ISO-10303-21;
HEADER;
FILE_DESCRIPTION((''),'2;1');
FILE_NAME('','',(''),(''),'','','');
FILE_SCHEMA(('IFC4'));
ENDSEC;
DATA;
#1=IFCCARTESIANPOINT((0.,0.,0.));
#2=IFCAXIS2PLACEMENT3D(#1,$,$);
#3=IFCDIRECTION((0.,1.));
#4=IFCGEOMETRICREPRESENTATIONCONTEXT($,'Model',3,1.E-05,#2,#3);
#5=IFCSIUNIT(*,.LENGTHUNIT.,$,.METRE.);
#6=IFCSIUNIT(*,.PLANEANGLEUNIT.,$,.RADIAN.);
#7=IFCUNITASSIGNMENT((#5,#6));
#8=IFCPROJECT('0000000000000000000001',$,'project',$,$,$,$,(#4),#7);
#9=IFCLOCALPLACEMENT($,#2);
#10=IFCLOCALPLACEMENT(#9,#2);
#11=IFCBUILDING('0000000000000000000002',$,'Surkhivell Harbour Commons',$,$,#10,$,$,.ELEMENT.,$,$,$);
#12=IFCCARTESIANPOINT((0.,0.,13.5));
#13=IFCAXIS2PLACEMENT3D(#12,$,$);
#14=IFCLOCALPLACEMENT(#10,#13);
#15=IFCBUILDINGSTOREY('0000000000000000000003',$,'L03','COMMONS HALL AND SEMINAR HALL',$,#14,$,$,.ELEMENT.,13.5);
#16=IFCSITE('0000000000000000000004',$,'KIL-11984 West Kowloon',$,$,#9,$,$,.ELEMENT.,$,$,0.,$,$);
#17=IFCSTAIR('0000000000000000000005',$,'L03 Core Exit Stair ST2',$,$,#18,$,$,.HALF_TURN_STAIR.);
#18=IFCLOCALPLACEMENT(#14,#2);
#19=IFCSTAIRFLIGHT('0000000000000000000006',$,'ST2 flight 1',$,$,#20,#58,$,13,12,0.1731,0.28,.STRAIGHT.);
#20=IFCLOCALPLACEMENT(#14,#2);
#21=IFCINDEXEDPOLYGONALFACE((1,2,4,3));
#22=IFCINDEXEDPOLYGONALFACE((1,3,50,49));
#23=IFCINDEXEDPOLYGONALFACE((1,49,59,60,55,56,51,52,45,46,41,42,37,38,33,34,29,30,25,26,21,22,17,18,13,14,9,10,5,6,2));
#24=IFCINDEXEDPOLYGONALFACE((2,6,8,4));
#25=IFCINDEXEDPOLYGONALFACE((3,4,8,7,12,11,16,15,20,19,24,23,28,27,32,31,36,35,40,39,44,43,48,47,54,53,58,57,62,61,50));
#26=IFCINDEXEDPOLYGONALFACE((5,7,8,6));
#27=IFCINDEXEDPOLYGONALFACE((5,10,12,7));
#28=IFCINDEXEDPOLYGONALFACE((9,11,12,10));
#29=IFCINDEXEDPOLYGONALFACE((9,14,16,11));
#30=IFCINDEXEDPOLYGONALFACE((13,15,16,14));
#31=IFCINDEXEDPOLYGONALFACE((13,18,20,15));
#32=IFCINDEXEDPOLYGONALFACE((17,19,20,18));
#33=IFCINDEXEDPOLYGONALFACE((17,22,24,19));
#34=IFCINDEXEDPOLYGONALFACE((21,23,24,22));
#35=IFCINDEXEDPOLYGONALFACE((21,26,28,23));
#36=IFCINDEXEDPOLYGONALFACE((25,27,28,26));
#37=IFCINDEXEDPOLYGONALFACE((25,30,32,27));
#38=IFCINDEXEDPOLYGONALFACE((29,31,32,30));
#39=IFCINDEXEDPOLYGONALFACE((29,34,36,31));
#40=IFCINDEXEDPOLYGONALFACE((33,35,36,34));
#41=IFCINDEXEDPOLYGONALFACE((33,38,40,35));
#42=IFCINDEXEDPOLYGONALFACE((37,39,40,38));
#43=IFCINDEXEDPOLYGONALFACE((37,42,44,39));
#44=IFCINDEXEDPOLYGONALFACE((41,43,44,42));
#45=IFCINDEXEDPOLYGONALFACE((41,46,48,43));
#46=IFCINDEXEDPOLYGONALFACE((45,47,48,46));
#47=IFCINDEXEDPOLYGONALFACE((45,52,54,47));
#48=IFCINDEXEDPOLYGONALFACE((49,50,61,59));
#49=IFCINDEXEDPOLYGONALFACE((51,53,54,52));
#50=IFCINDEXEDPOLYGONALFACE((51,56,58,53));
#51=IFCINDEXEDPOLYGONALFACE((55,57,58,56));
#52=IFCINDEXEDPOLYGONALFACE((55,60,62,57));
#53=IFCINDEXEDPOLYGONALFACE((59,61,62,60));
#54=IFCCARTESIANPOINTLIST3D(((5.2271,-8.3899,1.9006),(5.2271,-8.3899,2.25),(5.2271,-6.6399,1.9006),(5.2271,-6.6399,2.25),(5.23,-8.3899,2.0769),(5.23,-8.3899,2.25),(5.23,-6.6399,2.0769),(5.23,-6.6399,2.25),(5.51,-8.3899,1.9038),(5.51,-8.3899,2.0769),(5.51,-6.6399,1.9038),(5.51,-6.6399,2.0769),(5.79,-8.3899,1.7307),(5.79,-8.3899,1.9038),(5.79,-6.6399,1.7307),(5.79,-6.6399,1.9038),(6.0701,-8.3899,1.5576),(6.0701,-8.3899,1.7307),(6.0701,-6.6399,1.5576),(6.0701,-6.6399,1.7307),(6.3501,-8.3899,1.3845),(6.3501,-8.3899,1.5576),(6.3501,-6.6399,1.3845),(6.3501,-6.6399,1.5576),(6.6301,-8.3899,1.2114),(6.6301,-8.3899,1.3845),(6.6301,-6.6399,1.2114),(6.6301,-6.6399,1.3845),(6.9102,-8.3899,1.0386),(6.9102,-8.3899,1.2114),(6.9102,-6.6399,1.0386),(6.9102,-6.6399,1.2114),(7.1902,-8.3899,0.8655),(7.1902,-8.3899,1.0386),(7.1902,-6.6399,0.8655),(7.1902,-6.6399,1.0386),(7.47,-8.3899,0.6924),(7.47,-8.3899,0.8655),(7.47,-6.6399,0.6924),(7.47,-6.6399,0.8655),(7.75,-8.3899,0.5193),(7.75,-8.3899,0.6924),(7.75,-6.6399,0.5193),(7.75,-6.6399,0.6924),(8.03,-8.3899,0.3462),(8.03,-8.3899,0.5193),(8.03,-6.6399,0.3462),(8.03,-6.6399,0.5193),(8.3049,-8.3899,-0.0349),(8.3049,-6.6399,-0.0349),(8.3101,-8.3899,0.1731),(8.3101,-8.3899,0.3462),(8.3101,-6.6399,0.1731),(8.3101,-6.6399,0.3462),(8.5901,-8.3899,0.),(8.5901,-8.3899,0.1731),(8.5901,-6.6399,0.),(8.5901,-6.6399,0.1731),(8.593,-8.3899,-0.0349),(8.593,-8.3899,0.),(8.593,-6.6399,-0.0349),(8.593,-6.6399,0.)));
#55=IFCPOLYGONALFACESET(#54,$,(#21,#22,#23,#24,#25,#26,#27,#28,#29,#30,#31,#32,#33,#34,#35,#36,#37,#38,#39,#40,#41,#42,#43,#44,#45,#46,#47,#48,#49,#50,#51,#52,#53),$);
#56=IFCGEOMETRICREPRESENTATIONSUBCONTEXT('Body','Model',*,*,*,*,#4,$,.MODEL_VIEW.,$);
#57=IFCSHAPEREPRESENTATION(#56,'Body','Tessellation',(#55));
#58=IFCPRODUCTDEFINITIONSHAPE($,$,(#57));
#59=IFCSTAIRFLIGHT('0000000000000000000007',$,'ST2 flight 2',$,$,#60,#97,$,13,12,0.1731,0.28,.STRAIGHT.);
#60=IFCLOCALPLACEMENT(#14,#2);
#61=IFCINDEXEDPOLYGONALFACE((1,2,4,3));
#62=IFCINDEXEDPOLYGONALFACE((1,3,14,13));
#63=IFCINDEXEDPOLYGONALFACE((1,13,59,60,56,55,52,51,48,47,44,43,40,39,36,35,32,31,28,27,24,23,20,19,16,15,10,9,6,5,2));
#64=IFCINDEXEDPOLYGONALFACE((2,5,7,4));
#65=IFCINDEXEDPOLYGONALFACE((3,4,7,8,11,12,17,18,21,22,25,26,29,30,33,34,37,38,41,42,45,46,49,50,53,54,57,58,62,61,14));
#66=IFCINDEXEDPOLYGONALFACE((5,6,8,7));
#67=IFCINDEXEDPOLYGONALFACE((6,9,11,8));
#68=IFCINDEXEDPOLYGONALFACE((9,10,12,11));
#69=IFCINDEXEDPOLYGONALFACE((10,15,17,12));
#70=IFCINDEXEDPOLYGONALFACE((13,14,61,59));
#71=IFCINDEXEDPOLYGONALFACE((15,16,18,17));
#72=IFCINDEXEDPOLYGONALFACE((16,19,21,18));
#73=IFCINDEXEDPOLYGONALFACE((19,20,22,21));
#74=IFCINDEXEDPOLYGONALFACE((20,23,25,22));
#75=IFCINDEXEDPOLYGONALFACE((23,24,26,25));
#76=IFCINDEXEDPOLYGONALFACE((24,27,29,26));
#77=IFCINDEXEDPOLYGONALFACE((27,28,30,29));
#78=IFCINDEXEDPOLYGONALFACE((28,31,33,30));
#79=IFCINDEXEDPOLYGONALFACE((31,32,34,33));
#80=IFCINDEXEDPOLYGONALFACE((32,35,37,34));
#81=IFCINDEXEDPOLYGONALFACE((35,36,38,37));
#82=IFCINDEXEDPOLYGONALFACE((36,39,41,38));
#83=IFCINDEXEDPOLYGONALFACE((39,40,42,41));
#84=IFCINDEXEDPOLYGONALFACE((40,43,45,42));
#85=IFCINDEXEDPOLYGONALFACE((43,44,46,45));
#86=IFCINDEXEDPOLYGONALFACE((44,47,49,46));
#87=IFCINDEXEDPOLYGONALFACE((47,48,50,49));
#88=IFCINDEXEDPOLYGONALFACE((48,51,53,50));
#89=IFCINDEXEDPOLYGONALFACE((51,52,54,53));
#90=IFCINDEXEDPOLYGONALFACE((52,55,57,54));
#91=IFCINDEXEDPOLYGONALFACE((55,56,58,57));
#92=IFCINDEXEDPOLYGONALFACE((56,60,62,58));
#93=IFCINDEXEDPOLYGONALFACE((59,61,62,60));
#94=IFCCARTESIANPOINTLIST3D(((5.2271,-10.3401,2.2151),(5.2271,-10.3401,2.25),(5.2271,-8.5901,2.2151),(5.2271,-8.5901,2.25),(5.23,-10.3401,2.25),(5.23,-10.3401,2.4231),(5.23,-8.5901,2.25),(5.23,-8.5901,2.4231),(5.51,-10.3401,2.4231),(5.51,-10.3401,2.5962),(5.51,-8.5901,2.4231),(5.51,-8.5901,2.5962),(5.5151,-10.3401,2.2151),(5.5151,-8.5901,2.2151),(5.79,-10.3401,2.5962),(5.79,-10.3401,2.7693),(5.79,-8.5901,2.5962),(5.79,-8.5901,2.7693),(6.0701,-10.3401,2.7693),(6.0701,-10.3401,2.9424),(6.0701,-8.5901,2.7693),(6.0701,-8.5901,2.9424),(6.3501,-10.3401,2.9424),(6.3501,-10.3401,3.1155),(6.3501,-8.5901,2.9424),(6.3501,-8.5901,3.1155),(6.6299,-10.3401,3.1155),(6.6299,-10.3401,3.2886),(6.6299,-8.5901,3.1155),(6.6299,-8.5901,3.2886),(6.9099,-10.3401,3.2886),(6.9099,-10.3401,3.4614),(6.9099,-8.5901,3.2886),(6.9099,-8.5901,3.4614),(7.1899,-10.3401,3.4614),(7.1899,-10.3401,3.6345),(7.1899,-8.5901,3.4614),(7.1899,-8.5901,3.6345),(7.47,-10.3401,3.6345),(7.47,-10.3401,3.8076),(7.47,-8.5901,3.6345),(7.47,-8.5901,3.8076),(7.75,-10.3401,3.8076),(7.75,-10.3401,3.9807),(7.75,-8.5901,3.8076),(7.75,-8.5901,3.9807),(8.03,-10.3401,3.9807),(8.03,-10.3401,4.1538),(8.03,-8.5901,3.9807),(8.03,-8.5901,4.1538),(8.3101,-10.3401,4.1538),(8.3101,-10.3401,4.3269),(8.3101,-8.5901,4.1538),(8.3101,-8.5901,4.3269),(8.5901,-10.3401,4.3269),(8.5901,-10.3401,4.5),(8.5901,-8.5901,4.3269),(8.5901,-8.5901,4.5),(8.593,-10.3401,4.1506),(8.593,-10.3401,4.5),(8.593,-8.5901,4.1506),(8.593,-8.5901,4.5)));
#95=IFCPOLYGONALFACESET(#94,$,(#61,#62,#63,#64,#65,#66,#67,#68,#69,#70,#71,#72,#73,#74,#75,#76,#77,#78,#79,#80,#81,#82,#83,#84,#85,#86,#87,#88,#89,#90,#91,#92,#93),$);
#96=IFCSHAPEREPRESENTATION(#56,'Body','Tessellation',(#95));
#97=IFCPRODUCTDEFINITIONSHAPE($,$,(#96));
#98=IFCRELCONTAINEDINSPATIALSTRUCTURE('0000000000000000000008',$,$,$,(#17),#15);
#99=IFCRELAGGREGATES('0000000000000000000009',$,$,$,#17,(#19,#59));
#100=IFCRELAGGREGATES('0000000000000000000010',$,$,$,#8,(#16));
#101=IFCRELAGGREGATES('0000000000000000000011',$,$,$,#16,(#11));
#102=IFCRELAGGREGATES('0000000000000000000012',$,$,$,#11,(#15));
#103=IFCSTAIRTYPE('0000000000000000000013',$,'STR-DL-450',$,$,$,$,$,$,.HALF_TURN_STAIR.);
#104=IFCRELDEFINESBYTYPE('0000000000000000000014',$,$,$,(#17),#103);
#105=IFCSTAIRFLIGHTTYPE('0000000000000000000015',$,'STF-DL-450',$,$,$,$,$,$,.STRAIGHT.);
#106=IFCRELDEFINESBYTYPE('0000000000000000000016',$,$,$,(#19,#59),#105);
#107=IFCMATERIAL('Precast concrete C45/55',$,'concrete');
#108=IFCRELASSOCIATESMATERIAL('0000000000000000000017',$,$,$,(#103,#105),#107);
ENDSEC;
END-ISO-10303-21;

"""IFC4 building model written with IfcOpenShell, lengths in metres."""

from ifc_helpers import new_model, si_unit, direction, frame, origin, place, context, subcontext, project, spatial, polyline, outline, extrude, material, type_object, element, aggregate, save


model = new_model("IFC4")

# Units and contexts
model_context = context("Model", 3, precision=1e-05, world=origin(), true_north=direction((0.0, 1.0)))
body_context = subcontext(model_context, "Body", "Model", "MODEL_VIEW")
ifc_project = project(units=[si_unit("LENGTHUNIT", "METRE"), si_unit("PLANEANGLEUNIT", "RADIAN")], contexts=[model_context])

# Site, building, storey
site_placement = place(None, origin())
site = spatial("IfcSite", under=ifc_project, at=site_placement, Name="KIL-11984 West Kowloon", CompositionType="ELEMENT", RefElevation=0.0)
building_placement = place(site_placement, origin())
building = spatial("IfcBuilding", under=site, at=building_placement, Name="Surkhivell Harbour Commons", CompositionType="ELEMENT")
storey_placement = place(building_placement, frame((0.0, 0.0, 13.5)))
storey = spatial("IfcBuildingStorey", under=building, at=storey_placement, Name="L03", Description="COMMONS HALL AND SEMINAR HALL", CompositionType="ELEMENT", Elevation=13.5)

# Stair, stair flights
ifc_material_1 = material(Name="Precast concrete C45/55", Category="concrete")
stair_type = type_object("IfcStairType", Name="STR-DL-450", PredefinedType="HALF_TURN_STAIR", material=ifc_material_1)
stair_placement = place(storey_placement, origin())
stair = element("IfcStair", 1, at=stair_placement, inside=storey, type_object=stair_type, Name="L03 Core Exit Stair ST2", PredefinedType="HALF_TURN_STAIR")
stair_flight_type = type_object("IfcStairFlightType", Name="STF-DL-450", PredefinedType="STRAIGHT", material=ifc_material_1)
stair_flight_1_placement = place(storey_placement, frame((8.5901, -7.5149, 0.0), z_axis=(0.0, 0.0, 1.0), x_axis=(-1.0, 0.0, 0.0)))
stair_flight_1 = element("IfcStairFlight", 2, at=stair_flight_1_placement, type_object=stair_flight_type, Name="ST2 flight 1", NumberOfRisers=13, NumberOfTreads=12, PredefinedType="STRAIGHT", RiserHeight=0.1731, TreadLength=0.28, context=body_context, shape_type="SweptSolid", body=[
    extrude(outline(polyline([(-0.0029, -0.0349), (-0.0029, 0.0), (0.0, 0.0), (0.0, 0.1731), (0.28, 0.1731), (0.28, 0.3462), (0.5601, 0.3462), (0.5601, 0.5193), (0.8401, 0.5193), (0.8401, 0.6924), (1.1201, 0.6924), (1.1201, 0.8655), (1.3999, 0.8655), (1.3999, 1.0386), (1.6799, 1.0386), (1.6799, 1.2114), (1.96, 1.2114), (1.96, 1.3845), (2.24, 1.3845), (2.24, 1.5576), (2.52, 1.5576), (2.52, 1.7307), (2.8, 1.7307), (2.8, 1.9038), (3.0801, 1.9038), (3.0801, 2.0769), (3.3601, 2.0769), (3.3601, 2.25), (3.363, 2.25), (3.363, 1.9006), (0.2852, -0.0349), (-0.0029, -0.0349)])), frame((0.0, 0.875, 0.0), z_axis=(0.0, -1.0, 0.0), x_axis=(1.0, 0.0, 0.0)), (0.0, 0.0, 1.0), 1.75),
])
stair_flight_2_placement = place(storey_placement, frame((5.23, -9.4651, 2.25), z_axis=(0.0, 0.0, 1.0), x_axis=(1.0, 0.0, 0.0)))
stair_flight_2 = element("IfcStairFlight", 3, at=stair_flight_2_placement, type_object=stair_flight_type, Name="ST2 flight 2", NumberOfRisers=13, NumberOfTreads=12, PredefinedType="STRAIGHT", RiserHeight=0.1731, TreadLength=0.28, context=body_context, shape_type="SweptSolid", body=[
    extrude(outline(polyline([(-0.0029, -0.0349), (-0.0029, 0.0), (0.0, 0.0), (0.0, 0.1731), (0.28, 0.1731), (0.28, 0.3462), (0.5601, 0.3462), (0.5601, 0.5193), (0.8401, 0.5193), (0.8401, 0.6924), (1.1201, 0.6924), (1.1201, 0.8655), (1.3999, 0.8655), (1.3999, 1.0386), (1.6799, 1.0386), (1.6799, 1.2114), (1.96, 1.2114), (1.96, 1.3845), (2.24, 1.3845), (2.24, 1.5576), (2.52, 1.5576), (2.52, 1.7307), (2.8, 1.7307), (2.8, 1.9038), (3.0801, 1.9038), (3.0801, 2.0769), (3.3601, 2.0769), (3.3601, 2.25), (3.363, 2.25), (3.363, 1.9006), (0.2852, -0.0349), (-0.0029, -0.0349)])), frame((0.0, 0.875, 0.0), z_axis=(0.0, -1.0, 0.0), x_axis=(1.0, 0.0, 0.0)), (0.0, 0.0, 1.0), 1.75),
])
aggregate(stair, [stair_flight_1, stair_flight_2])

save(model, "model.ifc")
